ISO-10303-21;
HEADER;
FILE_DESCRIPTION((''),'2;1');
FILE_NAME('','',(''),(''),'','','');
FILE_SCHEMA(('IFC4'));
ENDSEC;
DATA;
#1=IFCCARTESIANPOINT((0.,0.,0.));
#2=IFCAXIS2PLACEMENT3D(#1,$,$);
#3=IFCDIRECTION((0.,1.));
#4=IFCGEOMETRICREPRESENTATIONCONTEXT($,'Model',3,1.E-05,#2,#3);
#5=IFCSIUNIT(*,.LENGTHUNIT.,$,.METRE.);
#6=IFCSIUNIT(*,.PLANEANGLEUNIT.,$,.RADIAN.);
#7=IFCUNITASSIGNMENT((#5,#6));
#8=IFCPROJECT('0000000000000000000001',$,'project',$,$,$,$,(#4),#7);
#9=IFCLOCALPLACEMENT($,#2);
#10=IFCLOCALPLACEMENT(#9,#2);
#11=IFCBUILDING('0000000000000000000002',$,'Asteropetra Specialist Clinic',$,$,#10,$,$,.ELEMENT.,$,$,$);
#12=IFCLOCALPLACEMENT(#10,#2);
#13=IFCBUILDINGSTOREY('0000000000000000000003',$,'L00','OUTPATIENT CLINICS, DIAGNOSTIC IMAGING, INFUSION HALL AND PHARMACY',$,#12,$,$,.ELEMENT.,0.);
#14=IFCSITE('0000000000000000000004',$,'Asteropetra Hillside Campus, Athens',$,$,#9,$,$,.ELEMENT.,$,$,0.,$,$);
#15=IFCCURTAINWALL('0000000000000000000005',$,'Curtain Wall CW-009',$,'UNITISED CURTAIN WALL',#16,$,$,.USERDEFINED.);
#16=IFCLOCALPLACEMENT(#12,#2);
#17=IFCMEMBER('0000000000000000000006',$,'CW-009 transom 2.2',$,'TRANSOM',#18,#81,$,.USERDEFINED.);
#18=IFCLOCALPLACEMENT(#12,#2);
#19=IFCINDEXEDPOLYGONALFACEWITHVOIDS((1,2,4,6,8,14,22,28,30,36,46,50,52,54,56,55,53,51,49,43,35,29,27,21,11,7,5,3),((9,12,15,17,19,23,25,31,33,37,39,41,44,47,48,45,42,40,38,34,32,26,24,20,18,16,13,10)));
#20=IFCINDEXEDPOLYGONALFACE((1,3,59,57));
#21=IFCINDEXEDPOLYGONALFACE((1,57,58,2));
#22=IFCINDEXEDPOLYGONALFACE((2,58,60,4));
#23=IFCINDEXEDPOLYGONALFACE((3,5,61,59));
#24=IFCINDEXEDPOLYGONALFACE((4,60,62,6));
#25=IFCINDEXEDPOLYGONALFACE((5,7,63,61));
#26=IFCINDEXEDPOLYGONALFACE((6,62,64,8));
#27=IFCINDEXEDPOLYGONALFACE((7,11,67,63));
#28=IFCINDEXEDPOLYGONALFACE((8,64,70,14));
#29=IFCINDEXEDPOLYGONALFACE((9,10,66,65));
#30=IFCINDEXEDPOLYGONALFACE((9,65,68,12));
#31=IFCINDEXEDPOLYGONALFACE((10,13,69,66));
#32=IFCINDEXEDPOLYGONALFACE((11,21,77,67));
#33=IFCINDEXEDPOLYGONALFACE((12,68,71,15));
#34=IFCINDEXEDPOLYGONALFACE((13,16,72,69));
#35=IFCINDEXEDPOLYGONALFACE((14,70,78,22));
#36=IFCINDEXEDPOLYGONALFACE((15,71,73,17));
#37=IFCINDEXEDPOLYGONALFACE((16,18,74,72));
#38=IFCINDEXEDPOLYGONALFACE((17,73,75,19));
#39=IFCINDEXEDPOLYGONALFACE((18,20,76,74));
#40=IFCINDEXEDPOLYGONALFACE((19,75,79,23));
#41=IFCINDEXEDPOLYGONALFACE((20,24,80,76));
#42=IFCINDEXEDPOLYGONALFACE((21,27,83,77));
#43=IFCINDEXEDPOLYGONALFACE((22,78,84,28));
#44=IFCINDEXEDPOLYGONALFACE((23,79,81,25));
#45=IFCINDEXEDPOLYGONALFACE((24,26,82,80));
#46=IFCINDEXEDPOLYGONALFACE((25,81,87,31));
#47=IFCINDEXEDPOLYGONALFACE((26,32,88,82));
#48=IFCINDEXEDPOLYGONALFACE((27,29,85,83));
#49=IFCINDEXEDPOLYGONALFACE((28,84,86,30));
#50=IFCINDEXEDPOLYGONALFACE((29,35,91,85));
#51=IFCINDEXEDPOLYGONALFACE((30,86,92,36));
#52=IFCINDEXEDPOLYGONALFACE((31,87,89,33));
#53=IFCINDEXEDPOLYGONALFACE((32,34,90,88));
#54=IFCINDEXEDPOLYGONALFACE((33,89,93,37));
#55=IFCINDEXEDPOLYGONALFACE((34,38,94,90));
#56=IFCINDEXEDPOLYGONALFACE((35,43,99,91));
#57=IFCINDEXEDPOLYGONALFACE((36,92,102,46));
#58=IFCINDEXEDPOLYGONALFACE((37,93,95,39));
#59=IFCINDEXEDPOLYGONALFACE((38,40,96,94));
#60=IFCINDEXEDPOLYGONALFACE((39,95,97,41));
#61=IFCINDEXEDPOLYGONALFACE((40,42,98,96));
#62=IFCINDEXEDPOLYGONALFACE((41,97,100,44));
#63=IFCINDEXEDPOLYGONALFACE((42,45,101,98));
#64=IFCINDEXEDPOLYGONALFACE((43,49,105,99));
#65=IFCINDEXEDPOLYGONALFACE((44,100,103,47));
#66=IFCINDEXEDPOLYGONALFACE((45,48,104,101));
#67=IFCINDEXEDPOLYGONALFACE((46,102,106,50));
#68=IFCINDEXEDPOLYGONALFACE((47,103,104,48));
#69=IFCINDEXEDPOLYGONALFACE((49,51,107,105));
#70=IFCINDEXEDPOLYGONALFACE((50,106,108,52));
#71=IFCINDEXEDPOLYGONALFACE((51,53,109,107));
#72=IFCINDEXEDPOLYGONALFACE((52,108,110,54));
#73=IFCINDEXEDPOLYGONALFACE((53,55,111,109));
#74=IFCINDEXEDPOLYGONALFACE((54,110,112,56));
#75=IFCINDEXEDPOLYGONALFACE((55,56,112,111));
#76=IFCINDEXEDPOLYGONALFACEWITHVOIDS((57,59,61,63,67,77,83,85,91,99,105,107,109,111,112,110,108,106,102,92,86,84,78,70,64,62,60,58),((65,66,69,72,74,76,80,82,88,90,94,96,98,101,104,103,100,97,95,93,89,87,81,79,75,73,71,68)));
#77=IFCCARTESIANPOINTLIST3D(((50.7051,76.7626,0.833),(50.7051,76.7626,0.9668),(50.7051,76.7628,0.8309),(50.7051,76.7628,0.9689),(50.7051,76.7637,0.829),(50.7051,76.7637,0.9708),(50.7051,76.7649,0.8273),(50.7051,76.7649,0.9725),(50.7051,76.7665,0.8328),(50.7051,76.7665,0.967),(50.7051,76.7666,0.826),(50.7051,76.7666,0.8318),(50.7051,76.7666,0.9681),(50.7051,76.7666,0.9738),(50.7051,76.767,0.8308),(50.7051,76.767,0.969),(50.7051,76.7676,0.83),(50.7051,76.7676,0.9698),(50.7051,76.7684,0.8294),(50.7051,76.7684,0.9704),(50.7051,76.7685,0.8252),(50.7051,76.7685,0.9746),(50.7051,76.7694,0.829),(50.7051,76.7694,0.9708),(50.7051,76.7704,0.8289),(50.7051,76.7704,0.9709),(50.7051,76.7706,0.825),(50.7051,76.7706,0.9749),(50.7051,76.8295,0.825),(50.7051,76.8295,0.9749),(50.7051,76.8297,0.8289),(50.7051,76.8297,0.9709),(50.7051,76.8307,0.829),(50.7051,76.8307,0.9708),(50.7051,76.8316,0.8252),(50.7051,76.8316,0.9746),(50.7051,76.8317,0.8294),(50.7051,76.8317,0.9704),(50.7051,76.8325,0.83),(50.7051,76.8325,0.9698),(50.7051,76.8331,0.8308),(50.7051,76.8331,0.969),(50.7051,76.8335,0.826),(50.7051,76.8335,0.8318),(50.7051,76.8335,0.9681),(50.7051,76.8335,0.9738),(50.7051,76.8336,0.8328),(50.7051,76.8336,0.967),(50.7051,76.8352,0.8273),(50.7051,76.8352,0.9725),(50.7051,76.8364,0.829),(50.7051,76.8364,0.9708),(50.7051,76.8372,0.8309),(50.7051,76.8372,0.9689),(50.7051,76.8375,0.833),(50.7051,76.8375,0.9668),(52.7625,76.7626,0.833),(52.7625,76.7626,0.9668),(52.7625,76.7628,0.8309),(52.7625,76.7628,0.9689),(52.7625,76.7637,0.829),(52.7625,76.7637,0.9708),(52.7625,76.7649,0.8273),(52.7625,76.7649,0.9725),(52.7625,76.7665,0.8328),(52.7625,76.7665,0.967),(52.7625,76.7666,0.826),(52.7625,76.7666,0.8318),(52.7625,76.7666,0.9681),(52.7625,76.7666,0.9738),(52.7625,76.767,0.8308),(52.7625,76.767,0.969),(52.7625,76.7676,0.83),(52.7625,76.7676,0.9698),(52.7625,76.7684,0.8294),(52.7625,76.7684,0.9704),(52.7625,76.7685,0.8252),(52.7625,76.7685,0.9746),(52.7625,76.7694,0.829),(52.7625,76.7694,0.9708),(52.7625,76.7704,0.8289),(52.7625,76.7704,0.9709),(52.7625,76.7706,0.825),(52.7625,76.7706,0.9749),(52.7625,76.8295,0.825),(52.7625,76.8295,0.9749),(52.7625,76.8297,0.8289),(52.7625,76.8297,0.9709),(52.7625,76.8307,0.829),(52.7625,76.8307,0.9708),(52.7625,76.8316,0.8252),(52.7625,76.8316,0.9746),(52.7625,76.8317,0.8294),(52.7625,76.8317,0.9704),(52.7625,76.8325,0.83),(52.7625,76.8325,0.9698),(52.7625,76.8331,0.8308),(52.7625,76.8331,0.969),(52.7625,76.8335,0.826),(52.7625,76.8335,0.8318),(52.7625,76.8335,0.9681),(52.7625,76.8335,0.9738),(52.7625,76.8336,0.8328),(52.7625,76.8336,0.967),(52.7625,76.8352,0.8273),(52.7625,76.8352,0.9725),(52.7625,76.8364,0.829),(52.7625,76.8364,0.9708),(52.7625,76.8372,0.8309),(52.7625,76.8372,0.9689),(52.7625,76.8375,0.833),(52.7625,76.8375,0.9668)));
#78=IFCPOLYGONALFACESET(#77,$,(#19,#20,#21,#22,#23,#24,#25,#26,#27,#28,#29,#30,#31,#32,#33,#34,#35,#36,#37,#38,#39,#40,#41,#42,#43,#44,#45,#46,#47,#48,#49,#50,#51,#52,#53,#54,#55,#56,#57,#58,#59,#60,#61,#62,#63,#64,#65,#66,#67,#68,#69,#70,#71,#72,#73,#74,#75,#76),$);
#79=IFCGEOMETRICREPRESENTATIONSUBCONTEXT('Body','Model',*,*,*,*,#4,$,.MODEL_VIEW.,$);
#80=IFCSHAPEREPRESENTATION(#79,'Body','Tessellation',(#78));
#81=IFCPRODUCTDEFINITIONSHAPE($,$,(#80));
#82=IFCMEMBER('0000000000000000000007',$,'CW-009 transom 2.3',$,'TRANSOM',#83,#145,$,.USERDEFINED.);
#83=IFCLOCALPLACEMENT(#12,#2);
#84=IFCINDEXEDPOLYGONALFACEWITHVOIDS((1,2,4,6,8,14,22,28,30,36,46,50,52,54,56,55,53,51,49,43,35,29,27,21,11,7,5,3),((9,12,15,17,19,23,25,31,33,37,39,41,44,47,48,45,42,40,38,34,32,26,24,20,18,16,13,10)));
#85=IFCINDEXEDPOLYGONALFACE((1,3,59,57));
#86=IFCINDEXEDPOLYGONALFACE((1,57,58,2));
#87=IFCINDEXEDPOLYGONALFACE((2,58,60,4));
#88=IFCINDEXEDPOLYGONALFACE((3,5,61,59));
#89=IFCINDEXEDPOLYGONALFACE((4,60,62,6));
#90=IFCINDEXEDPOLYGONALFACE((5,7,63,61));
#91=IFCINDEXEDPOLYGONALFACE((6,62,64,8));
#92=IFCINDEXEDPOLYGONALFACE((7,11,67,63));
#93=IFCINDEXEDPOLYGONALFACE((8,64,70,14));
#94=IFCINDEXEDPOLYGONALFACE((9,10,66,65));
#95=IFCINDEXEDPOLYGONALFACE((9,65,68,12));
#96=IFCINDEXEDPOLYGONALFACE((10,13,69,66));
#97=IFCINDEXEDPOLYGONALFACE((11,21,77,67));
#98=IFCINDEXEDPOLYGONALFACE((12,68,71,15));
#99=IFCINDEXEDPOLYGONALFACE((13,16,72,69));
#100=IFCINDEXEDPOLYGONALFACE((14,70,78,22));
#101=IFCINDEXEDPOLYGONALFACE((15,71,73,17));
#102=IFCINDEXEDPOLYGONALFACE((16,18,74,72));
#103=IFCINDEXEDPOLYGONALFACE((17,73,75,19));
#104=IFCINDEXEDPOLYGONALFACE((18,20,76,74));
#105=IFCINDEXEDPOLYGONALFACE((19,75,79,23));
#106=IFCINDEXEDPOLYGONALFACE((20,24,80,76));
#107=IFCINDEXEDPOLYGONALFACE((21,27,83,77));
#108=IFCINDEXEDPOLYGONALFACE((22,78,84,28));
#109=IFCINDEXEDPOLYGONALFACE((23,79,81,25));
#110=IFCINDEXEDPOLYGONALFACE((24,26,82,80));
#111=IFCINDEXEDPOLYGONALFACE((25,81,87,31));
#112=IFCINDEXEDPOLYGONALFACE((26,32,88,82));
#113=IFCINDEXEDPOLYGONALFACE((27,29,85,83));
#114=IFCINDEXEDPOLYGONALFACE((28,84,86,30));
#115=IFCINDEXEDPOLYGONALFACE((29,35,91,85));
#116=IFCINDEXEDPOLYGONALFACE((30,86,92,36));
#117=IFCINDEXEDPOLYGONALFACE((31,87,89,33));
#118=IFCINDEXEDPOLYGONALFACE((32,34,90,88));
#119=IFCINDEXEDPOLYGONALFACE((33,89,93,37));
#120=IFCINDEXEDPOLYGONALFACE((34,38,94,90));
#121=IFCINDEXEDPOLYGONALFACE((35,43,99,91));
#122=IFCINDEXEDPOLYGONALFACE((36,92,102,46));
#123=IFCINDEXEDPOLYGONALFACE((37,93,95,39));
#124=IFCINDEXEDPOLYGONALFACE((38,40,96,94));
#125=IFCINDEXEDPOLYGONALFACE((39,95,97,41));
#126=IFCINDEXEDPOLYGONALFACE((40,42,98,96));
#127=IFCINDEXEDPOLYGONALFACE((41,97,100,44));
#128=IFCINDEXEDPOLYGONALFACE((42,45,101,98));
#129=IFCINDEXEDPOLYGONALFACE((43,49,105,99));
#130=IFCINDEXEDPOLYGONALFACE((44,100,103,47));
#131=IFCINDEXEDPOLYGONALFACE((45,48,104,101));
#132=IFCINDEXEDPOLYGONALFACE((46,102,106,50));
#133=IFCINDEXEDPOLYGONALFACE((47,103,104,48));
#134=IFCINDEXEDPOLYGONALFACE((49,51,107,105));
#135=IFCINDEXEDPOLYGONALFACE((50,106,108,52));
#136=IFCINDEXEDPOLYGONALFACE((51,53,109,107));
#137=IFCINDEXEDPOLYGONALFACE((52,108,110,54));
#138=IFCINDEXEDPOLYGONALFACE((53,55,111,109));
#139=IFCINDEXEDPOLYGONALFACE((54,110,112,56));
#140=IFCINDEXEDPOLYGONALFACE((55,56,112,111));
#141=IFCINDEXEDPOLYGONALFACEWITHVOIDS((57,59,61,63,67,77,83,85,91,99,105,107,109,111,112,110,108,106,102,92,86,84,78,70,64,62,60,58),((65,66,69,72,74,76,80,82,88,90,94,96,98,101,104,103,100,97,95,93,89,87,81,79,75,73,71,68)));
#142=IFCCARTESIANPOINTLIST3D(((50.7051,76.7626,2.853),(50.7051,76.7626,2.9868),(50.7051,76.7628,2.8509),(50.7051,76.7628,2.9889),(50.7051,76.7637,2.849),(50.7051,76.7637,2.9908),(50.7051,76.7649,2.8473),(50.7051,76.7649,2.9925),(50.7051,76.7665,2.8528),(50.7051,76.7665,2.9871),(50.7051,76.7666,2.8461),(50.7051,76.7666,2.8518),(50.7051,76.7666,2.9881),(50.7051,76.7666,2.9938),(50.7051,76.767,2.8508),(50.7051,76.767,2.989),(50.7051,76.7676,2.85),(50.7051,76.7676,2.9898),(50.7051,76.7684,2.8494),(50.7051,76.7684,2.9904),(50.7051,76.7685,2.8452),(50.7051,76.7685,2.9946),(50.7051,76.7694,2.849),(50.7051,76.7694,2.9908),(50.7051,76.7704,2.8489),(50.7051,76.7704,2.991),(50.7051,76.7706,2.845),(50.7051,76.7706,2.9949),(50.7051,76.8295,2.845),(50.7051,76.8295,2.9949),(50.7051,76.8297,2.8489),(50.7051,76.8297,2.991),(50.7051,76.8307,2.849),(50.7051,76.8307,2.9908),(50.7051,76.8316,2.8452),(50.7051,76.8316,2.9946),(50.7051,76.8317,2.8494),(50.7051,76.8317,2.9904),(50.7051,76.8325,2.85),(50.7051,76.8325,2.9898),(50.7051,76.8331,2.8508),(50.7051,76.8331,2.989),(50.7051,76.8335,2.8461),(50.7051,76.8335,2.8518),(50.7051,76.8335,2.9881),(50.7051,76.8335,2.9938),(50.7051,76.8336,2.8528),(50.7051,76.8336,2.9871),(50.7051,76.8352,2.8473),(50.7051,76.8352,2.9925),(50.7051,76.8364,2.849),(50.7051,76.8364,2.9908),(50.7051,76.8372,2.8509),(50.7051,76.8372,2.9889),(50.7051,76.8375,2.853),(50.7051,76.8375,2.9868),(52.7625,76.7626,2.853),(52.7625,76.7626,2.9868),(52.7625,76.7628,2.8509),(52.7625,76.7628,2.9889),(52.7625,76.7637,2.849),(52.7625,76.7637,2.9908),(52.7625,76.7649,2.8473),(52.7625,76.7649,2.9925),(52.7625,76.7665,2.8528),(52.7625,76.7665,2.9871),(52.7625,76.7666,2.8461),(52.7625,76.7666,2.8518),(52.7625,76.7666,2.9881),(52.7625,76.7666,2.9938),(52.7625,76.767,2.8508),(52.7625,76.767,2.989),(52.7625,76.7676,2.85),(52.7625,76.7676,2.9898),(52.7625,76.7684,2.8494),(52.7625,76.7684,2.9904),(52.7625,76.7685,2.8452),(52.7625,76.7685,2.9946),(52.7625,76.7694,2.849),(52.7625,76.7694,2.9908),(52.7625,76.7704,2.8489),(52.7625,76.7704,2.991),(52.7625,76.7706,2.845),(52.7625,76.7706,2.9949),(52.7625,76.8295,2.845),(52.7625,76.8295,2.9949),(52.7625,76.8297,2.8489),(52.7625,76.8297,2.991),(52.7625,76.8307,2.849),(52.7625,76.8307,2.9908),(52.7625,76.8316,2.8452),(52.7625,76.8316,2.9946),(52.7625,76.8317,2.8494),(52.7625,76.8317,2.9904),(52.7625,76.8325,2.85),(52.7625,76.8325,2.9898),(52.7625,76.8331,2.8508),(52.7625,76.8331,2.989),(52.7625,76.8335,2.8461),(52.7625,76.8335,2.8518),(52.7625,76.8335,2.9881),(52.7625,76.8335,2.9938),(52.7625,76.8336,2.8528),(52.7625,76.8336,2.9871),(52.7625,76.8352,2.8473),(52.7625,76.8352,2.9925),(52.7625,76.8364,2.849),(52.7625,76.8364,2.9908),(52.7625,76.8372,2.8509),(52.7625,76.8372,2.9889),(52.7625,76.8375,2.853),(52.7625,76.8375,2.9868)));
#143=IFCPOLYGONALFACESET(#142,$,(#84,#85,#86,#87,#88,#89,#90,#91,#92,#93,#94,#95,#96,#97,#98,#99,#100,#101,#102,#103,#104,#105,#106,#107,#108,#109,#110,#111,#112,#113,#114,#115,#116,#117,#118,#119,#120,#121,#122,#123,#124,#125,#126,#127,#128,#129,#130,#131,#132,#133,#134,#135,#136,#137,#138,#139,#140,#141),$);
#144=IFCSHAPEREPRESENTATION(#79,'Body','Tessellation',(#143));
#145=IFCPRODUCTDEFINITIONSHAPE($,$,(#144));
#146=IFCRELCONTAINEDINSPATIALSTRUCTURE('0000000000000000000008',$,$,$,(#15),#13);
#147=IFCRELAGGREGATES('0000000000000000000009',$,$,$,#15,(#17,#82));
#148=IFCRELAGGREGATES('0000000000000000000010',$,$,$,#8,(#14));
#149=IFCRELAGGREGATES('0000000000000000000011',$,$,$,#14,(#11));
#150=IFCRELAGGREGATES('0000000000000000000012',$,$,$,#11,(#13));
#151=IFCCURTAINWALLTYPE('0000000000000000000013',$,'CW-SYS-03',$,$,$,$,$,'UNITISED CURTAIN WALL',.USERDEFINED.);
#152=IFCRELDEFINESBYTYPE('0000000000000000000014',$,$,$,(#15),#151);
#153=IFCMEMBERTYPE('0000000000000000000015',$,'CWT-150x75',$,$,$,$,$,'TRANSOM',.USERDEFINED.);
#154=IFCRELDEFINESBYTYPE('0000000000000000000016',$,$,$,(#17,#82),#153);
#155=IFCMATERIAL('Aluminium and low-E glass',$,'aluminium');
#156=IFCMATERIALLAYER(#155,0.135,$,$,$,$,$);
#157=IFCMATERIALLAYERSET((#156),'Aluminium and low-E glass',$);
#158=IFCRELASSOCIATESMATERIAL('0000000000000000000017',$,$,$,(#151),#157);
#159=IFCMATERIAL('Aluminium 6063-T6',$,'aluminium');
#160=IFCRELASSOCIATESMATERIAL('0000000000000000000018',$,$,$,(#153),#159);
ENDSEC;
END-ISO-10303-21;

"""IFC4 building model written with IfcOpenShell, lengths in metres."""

from ifc_helpers import new_model, si_unit, direction, frame, origin, origin_2d, place, context, subcontext, project, spatial, hollow_rectangle, extrude, material, layer, layer_set, material_profile, profile_set, type_object, element, aggregate, save


model = new_model("IFC4")

# Units and contexts
model_context = context("Model", 3, precision=1e-05, world=origin(), true_north=direction((0.0, 1.0)))
body_context = subcontext(model_context, "Body", "Model", "MODEL_VIEW")
ifc_project = project(units=[si_unit("LENGTHUNIT", "METRE"), si_unit("PLANEANGLEUNIT", "RADIAN")], contexts=[model_context])

# Site, building, storey
site_placement = place(None, origin())
site = spatial("IfcSite", under=ifc_project, at=site_placement, Name="Asteropetra Hillside Campus, Athens", CompositionType="ELEMENT", RefElevation=0.0)
building_placement = place(site_placement, origin())
building = spatial("IfcBuilding", under=site, at=building_placement, Name="Asteropetra Specialist Clinic", CompositionType="ELEMENT")
storey_placement = place(building_placement, origin())
storey = spatial("IfcBuildingStorey", under=building, at=storey_placement, Name="L00", Description="OUTPATIENT CLINICS, DIAGNOSTIC IMAGING, INFUSION HALL AND PHARMACY", CompositionType="ELEMENT", Elevation=0.0)

# Curtain wall, members
ifc_material_1 = material(Name="Aluminium and low-E glass", Category="aluminium")
ifc_layer_1 = layer(ifc_material_1, 0.135)
ifc_layer_set_1 = layer_set([ifc_layer_1], Name="Aluminium and low-E glass")
curtain_wall_type = type_object("IfcCurtainWallType", Name="CW-SYS-03", ElementType="UNITISED CURTAIN WALL", PredefinedType="USERDEFINED", material=ifc_layer_set_1)
curtain_wall_placement = place(storey_placement, origin())
curtain_wall = element("IfcCurtainWall", 1, at=curtain_wall_placement, inside=storey, type_object=curtain_wall_type, Name="Curtain Wall CW-009", ObjectType="UNITISED CURTAIN WALL", PredefinedType="USERDEFINED")
ifc_material_2 = material(Name="Aluminium 6063-T6", Category="aluminium")
ifc_material_profile_1 = material_profile(ifc_material_2, hollow_rectangle(XDim=0.075, YDim=0.1499, WallThickness=0.0039, InnerFilletRadius=0.0039, OuterFilletRadius=0.0081, at=origin_2d()), Name="TRN 150x75x4.0")
ifc_profile_set_1 = profile_set([ifc_material_profile_1], Name="Aluminium 6063-T6")
member_type_1 = type_object("IfcMemberType", Name="CWT-150x75", ElementType="TRANSOM", PredefinedType="USERDEFINED", material=ifc_profile_set_1)
member_1_placement = place(storey_placement, frame((50.7051, 76.8, 0.8999), z_axis=(1.0, 0.0, 0.0), x_axis=(0.0, 1.0, 0.0)))
member_1 = element("IfcMember", 2, at=member_1_placement, type_object=member_type_1, Name="CW-009 transom 2.2", ObjectType="TRANSOM", PredefinedType="USERDEFINED", context=body_context, shape_type="SweptSolid", body=[
    extrude(hollow_rectangle(XDim=0.075, YDim=0.1499, WallThickness=0.0039, InnerFilletRadius=0.0039, OuterFilletRadius=0.0081, at=origin_2d()), origin(), (0.0, 0.0, 1.0), 2.0574),
])
member_2_placement = place(storey_placement, frame((50.7051, 76.8, 2.9199), z_axis=(1.0, 0.0, 0.0), x_axis=(0.0, 1.0, 0.0)))
member_2 = element("IfcMember", 3, at=member_2_placement, type_object=member_type_1, Name="CW-009 transom 2.3", ObjectType="TRANSOM", PredefinedType="USERDEFINED", context=body_context, shape_type="SweptSolid", body=[
    extrude(hollow_rectangle(XDim=0.075, YDim=0.1499, WallThickness=0.0039, InnerFilletRadius=0.0039, OuterFilletRadius=0.0081, at=origin_2d()), origin(), (0.0, 0.0, 1.0), 2.0574),
])
aggregate(curtain_wall, [member_1, member_2])

save(model, "model.ifc")
